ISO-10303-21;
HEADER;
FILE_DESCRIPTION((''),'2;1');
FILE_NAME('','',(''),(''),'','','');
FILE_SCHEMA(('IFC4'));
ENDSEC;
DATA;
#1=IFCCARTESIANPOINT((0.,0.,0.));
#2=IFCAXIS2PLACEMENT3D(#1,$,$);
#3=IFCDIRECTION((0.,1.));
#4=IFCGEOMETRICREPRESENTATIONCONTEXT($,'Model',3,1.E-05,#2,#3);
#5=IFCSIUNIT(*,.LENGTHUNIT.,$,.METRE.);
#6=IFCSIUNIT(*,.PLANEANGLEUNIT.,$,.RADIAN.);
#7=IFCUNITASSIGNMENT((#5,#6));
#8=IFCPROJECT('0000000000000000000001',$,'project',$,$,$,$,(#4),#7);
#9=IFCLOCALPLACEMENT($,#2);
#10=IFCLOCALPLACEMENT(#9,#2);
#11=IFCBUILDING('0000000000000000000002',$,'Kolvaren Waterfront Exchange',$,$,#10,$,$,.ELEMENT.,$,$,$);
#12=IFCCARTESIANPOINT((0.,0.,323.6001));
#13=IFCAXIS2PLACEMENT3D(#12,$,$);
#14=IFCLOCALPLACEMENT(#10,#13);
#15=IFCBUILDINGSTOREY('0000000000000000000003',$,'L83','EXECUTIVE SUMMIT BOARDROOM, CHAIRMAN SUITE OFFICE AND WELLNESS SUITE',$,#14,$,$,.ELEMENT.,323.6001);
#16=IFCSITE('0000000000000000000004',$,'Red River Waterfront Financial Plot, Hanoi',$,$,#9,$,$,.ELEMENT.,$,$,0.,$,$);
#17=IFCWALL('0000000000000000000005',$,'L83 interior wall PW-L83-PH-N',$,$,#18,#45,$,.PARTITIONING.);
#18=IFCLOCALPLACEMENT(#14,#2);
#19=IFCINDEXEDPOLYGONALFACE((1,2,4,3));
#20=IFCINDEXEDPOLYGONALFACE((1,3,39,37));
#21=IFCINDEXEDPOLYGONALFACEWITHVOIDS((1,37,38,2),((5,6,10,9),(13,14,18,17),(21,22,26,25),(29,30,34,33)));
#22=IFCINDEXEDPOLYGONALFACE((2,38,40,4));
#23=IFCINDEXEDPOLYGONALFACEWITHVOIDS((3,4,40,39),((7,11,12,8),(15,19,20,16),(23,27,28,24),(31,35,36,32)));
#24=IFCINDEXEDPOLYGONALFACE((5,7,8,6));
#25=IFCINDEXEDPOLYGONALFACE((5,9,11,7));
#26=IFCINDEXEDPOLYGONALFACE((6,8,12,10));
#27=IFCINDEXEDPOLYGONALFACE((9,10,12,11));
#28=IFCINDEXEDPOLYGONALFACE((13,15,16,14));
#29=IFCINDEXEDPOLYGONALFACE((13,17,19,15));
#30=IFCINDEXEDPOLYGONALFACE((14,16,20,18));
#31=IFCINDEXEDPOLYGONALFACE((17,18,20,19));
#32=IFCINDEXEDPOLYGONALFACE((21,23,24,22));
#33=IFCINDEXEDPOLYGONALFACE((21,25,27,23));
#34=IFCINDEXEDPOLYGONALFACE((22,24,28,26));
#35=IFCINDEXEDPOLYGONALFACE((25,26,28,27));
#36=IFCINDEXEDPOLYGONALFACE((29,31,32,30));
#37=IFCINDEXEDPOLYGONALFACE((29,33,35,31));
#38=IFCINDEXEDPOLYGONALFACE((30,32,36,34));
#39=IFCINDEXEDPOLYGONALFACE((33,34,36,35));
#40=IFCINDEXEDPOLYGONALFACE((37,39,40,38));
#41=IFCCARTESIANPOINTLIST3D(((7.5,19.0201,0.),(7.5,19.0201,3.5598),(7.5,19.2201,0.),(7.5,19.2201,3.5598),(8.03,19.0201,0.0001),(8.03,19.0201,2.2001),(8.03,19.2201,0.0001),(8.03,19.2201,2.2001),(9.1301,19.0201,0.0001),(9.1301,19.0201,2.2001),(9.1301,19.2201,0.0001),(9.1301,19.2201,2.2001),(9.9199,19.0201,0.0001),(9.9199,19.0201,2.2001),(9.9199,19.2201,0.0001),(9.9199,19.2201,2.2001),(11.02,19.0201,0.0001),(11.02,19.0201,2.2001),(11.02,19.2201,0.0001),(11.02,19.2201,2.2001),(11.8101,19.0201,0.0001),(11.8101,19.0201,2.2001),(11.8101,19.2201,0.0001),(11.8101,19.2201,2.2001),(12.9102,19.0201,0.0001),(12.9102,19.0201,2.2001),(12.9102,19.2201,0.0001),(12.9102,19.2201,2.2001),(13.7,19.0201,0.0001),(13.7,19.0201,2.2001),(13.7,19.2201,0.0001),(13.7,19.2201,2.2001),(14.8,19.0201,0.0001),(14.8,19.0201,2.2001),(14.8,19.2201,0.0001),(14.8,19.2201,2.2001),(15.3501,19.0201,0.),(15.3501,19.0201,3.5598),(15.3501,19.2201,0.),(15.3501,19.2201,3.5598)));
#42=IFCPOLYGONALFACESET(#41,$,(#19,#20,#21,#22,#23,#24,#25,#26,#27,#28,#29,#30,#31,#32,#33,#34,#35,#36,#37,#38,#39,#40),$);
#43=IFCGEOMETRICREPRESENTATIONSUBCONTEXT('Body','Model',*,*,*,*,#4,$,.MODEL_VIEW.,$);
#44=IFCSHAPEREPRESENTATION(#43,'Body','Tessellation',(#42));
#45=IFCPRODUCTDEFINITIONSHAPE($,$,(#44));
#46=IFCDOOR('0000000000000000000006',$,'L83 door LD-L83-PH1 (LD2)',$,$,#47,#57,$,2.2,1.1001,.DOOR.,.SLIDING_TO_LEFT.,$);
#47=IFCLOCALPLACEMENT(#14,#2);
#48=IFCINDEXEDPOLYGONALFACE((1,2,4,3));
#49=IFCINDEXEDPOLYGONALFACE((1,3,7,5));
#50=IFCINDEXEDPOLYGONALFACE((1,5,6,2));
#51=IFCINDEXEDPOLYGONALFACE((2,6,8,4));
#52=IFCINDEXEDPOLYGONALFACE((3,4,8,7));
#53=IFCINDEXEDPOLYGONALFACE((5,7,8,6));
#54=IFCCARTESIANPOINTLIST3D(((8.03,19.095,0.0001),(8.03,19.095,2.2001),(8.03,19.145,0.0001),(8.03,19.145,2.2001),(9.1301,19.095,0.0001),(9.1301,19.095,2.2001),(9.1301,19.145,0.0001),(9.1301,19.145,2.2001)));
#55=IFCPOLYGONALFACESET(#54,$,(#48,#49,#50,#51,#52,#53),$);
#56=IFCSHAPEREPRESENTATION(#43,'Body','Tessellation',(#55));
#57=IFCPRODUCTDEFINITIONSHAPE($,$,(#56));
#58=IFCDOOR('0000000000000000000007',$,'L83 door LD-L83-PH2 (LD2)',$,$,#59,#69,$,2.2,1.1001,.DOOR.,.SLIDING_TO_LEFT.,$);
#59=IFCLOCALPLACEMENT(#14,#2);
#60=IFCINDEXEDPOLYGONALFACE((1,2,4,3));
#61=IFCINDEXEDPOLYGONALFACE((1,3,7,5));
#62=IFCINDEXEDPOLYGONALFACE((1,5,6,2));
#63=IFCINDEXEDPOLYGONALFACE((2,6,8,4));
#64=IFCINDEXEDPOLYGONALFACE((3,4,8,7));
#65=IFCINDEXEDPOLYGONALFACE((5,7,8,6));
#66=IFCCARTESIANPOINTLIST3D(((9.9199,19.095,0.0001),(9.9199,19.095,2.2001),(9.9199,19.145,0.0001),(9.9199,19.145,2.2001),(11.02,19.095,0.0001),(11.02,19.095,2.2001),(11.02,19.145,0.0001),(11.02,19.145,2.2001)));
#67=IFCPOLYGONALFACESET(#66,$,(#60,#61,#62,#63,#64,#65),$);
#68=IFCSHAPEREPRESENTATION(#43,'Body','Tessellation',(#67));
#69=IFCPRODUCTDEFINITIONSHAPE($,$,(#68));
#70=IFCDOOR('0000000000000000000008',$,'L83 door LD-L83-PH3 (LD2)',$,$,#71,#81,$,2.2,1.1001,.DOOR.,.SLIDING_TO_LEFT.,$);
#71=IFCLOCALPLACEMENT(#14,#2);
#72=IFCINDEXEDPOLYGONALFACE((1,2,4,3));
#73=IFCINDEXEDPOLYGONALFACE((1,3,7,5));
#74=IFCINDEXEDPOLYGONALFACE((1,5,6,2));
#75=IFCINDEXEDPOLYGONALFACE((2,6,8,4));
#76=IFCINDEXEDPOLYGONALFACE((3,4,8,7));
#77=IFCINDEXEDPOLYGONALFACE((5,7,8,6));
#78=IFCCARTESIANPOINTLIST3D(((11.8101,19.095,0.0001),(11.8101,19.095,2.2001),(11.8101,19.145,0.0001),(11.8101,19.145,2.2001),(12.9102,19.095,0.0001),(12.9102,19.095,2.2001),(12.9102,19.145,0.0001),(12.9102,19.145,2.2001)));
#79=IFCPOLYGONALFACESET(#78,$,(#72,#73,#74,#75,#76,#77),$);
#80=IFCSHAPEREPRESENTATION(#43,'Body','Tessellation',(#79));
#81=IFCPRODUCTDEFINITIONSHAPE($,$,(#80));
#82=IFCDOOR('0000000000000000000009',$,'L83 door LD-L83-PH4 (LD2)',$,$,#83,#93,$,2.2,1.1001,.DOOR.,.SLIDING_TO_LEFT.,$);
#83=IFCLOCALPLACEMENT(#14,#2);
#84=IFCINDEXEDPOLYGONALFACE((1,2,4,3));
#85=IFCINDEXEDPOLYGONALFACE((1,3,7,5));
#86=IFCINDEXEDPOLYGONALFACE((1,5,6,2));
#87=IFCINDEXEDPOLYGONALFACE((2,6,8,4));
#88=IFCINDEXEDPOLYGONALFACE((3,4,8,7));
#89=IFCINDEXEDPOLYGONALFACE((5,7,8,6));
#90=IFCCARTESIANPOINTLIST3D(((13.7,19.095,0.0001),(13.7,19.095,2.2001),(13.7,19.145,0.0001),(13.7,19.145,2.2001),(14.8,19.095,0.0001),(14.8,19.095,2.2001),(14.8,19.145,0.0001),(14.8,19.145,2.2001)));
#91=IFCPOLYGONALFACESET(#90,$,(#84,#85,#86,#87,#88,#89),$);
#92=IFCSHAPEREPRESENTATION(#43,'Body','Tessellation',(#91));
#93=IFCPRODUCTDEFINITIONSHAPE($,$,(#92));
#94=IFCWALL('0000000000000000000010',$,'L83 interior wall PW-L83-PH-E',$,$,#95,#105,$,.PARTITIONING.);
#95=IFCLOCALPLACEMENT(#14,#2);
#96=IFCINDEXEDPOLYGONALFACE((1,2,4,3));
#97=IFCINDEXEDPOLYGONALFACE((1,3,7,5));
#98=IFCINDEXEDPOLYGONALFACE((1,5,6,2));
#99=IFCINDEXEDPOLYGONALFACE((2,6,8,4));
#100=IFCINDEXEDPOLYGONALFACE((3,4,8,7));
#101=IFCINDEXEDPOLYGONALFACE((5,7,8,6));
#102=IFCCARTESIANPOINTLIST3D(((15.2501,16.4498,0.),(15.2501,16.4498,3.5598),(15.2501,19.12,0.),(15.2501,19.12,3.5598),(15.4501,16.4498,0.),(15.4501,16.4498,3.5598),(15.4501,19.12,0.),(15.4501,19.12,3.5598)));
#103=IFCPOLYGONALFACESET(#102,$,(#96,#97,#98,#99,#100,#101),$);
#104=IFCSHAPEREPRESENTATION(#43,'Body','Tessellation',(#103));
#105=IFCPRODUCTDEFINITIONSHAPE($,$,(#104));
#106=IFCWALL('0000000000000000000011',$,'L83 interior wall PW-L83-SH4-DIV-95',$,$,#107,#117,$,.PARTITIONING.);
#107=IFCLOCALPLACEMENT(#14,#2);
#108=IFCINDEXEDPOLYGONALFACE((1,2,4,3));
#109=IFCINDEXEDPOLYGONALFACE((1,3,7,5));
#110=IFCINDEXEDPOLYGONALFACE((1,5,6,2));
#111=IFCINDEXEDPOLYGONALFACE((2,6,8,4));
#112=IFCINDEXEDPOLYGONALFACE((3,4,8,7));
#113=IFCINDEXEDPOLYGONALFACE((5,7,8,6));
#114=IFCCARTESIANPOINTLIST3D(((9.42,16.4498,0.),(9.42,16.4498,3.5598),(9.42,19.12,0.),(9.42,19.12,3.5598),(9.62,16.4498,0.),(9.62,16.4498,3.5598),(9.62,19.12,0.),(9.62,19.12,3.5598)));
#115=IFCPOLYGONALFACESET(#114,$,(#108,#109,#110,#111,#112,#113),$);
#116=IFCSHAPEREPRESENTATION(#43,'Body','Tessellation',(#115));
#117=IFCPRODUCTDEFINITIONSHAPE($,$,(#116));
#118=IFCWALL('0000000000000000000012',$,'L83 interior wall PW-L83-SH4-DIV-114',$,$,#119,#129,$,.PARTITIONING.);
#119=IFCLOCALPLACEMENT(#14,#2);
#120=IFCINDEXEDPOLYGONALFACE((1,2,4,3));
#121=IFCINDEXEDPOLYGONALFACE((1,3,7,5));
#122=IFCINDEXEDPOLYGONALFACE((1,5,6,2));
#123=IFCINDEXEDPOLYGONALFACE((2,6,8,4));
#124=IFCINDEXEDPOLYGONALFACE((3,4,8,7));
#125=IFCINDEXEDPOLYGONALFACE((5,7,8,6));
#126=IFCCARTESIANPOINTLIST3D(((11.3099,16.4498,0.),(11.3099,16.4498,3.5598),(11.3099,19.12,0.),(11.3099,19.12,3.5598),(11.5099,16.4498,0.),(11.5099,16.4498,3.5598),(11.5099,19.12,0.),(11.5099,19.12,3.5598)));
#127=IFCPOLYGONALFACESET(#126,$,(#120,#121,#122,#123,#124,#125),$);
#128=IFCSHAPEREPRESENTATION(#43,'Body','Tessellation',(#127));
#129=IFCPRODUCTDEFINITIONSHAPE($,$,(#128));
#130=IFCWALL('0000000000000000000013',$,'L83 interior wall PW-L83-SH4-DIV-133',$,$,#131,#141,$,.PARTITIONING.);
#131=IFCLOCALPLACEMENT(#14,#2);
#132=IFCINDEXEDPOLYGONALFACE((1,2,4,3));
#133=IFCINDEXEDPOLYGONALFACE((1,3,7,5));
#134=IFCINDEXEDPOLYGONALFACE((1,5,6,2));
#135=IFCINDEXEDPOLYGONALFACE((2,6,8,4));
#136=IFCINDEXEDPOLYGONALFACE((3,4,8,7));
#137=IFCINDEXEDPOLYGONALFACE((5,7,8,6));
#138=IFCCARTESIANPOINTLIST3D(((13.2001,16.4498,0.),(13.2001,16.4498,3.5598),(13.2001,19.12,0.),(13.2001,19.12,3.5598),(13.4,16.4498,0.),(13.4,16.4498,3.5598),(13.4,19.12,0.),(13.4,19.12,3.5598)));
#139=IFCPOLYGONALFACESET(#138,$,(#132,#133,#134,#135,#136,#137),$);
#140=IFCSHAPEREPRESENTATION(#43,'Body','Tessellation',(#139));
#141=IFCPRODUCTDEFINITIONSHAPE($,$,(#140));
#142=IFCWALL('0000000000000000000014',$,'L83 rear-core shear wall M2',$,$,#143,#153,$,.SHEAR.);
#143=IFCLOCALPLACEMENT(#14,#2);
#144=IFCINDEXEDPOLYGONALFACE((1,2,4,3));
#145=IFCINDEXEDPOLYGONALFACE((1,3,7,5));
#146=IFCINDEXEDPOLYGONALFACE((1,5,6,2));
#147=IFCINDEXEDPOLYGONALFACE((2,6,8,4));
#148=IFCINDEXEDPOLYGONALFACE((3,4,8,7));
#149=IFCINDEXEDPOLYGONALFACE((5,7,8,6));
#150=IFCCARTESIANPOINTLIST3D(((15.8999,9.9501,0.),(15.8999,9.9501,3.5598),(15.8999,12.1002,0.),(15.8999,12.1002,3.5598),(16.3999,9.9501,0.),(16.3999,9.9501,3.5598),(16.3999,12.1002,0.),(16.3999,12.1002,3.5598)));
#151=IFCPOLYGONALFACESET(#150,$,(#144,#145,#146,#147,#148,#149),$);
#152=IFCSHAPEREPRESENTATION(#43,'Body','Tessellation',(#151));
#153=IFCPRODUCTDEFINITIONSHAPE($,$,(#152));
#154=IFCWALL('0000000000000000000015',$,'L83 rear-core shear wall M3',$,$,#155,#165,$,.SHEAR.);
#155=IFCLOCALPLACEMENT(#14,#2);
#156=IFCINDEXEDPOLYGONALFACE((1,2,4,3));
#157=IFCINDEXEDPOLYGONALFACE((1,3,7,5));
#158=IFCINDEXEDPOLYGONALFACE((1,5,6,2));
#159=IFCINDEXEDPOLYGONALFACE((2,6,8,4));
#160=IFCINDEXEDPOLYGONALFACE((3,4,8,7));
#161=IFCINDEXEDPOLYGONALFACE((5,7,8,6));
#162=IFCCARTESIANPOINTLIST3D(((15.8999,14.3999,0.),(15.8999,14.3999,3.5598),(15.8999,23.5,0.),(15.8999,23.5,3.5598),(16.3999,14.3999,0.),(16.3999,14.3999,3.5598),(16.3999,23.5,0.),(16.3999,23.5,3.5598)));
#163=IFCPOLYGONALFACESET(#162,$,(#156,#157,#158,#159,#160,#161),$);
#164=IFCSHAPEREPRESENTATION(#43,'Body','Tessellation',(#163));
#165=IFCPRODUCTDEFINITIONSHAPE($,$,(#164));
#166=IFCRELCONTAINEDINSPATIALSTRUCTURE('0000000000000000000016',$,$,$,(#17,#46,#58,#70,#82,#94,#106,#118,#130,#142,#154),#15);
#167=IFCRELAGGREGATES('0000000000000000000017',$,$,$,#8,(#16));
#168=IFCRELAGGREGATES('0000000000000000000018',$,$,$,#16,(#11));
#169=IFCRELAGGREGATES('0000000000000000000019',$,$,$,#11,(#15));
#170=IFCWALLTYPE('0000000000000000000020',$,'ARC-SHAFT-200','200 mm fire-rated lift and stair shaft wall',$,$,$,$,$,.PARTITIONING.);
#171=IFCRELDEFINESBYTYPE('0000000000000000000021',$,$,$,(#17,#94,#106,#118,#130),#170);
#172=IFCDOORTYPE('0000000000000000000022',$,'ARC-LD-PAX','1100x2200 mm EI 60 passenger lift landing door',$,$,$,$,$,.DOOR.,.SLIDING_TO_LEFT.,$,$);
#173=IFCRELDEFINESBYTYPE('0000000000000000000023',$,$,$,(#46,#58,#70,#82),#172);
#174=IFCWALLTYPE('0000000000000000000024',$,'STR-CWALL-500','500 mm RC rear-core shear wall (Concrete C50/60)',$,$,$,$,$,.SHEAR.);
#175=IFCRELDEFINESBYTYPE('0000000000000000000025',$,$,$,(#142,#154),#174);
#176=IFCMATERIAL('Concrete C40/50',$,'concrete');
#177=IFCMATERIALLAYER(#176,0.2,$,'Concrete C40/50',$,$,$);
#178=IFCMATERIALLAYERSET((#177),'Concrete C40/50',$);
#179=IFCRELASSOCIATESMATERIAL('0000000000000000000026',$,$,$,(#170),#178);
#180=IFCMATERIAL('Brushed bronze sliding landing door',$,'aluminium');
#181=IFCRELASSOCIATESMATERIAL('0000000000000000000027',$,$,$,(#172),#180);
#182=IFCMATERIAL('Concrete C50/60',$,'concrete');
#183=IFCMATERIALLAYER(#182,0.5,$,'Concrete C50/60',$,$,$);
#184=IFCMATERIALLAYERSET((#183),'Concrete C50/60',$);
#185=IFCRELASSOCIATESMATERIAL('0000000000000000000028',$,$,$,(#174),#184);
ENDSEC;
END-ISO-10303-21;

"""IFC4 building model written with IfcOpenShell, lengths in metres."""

from ifc_helpers import new_model, si_unit, direction, frame, frame_2d, origin, place, context, subcontext, project, spatial, rectangle, extrude, material, layer, layer_set, type_object, element, fill, save


model = new_model("IFC4")

# Units and contexts
model_context = context("Model", 3, precision=1e-05, world=origin(), true_north=direction((0.0, 1.0)))
body_context = subcontext(model_context, "Body", "Model", "MODEL_VIEW")
ifc_project = project(units=[si_unit("LENGTHUNIT", "METRE"), si_unit("PLANEANGLEUNIT", "RADIAN")], contexts=[model_context])

# Site, building, storey
site_placement = place(None, origin())
site = spatial("IfcSite", under=ifc_project, at=site_placement, Name="Red River Waterfront Financial Plot, Hanoi", CompositionType="ELEMENT", RefElevation=0.0)
building_placement = place(site_placement, origin())
building = spatial("IfcBuilding", under=site, at=building_placement, Name="Kolvaren Waterfront Exchange", CompositionType="ELEMENT")
storey_placement = place(building_placement, frame((0.0, 0.0, 323.6001)))
storey = spatial("IfcBuildingStorey", under=building, at=storey_placement, Name="L83", Description="EXECUTIVE SUMMIT BOARDROOM, CHAIRMAN SUITE OFFICE AND WELLNESS SUITE", CompositionType="ELEMENT", Elevation=323.6001)

# Shared definitions
ifc_material_1 = material(Name="Concrete C40/50", Category="concrete")
ifc_layer_1 = layer(ifc_material_1, 0.2, Name="Concrete C40/50")
ifc_layer_set_1 = layer_set([ifc_layer_1], Name="Concrete C40/50")
wall_type_1 = type_object("IfcWallType", Name="ARC-SHAFT-200", Description="200 mm fire-rated lift and stair shaft wall", PredefinedType="PARTITIONING", material=ifc_layer_set_1)

# Wall, openings, doors
wall_1_placement = place(storey_placement, frame((7.5, 19.1201, 0.0), z_axis=(0.0, 0.0, 1.0), x_axis=(1.0, 0.0, 0.0)))
wall_1 = element("IfcWall", 1, at=wall_1_placement, inside=storey, type_object=wall_type_1, Name="L83 interior wall PW-L83-PH-N", PredefinedType="PARTITIONING", context=body_context, shape_type="SweptSolid", body=[
    extrude(rectangle(XDim=7.8501, YDim=0.2, at=frame_2d((3.925, 0.0))), origin(), (0.0, 0.0, 1.0), 3.5598),
])
opening_1_placement = place(wall_1_placement, frame((0.53, 0.0, 0.0)))
opening_1 = element("IfcOpeningElement", 2, at=opening_1_placement, cuts=wall_1, PredefinedType="OPENING", context=body_context, shape_type="SweptSolid", body=[
    extrude(rectangle(XDim=1.1001, YDim=2.2, at=frame_2d((0.55, 1.1001))), frame((0.0, 0.1099, 0.0), z_axis=(0.0, -1.0, 0.0), x_axis=(1.0, 0.0, 0.0)), (0.0, 0.0, 1.0), 0.22),
])
opening_2_placement = place(wall_1_placement, frame((2.4199, 0.0, 0.0)))
opening_2 = element("IfcOpeningElement", 3, at=opening_2_placement, cuts=wall_1, PredefinedType="OPENING", context=body_context, shape_type="SweptSolid", body=[
    extrude(rectangle(XDim=1.1001, YDim=2.2, at=frame_2d((0.55, 1.1001))), frame((0.0, 0.1099, 0.0), z_axis=(0.0, -1.0, 0.0), x_axis=(1.0, 0.0, 0.0)), (0.0, 0.0, 1.0), 0.22),
])
opening_3_placement = place(wall_1_placement, frame((4.3101, 0.0, 0.0)))
opening_3 = element("IfcOpeningElement", 4, at=opening_3_placement, cuts=wall_1, PredefinedType="OPENING", context=body_context, shape_type="SweptSolid", body=[
    extrude(rectangle(XDim=1.1001, YDim=2.2, at=frame_2d((0.55, 1.1001))), frame((0.0, 0.1099, 0.0), z_axis=(0.0, -1.0, 0.0), x_axis=(1.0, 0.0, 0.0)), (0.0, 0.0, 1.0), 0.22),
])
opening_4_placement = place(wall_1_placement, frame((6.2, 0.0, 0.0)))
opening_4 = element("IfcOpeningElement", 5, at=opening_4_placement, cuts=wall_1, PredefinedType="OPENING", context=body_context, shape_type="SweptSolid", body=[
    extrude(rectangle(XDim=1.1001, YDim=2.2, at=frame_2d((0.55, 1.1001))), frame((0.0, 0.1099, 0.0), z_axis=(0.0, -1.0, 0.0), x_axis=(1.0, 0.0, 0.0)), (0.0, 0.0, 1.0), 0.22),
])
ifc_material_2 = material(Name="Brushed bronze sliding landing door", Category="aluminium")
door_type_1 = type_object("IfcDoorType", Name="ARC-LD-PAX", Description="1100x2200 mm EI 60 passenger lift landing door", OperationType="SLIDING_TO_LEFT", PredefinedType="DOOR", material=ifc_material_2)
door_1_placement = place(opening_1_placement, origin())
door_1 = element("IfcDoor", 6, at=door_1_placement, inside=storey, type_object=door_type_1, Name="L83 door LD-L83-PH1 (LD2)", OperationType="SLIDING_TO_LEFT", OverallHeight=2.2, OverallWidth=1.1001, PredefinedType="DOOR", context=body_context, shape_type="SweptSolid", body=[
    extrude(rectangle(XDim=1.1001, YDim=2.2, at=frame_2d((0.55, 1.1001))), frame((0.0, 0.0249, 0.0), z_axis=(0.0, -1.0, 0.0), x_axis=(1.0, 0.0, 0.0)), (0.0, 0.0, 1.0), 0.05),
])
fill(opening_1, door_1)
door_2_placement = place(opening_2_placement, origin())
door_2 = element("IfcDoor", 7, at=door_2_placement, inside=storey, type_object=door_type_1, Name="L83 door LD-L83-PH2 (LD2)", OperationType="SLIDING_TO_LEFT", OverallHeight=2.2, OverallWidth=1.1001, PredefinedType="DOOR", context=body_context, shape_type="SweptSolid", body=[
    extrude(rectangle(XDim=1.1001, YDim=2.2, at=frame_2d((0.55, 1.1001))), frame((0.0, 0.0249, 0.0), z_axis=(0.0, -1.0, 0.0), x_axis=(1.0, 0.0, 0.0)), (0.0, 0.0, 1.0), 0.05),
])
fill(opening_2, door_2)
door_3_placement = place(opening_3_placement, origin())
door_3 = element("IfcDoor", 8, at=door_3_placement, inside=storey, type_object=door_type_1, Name="L83 door LD-L83-PH3 (LD2)", OperationType="SLIDING_TO_LEFT", OverallHeight=2.2, OverallWidth=1.1001, PredefinedType="DOOR", context=body_context, shape_type="SweptSolid", body=[
    extrude(rectangle(XDim=1.1001, YDim=2.2, at=frame_2d((0.55, 1.1001))), frame((0.0, 0.0249, 0.0), z_axis=(0.0, -1.0, 0.0), x_axis=(1.0, 0.0, 0.0)), (0.0, 0.0, 1.0), 0.05),
])
fill(opening_3, door_3)
door_4_placement = place(opening_4_placement, origin())
door_4 = element("IfcDoor", 9, at=door_4_placement, inside=storey, type_object=door_type_1, Name="L83 door LD-L83-PH4 (LD2)", OperationType="SLIDING_TO_LEFT", OverallHeight=2.2, OverallWidth=1.1001, PredefinedType="DOOR", context=body_context, shape_type="SweptSolid", body=[
    extrude(rectangle(XDim=1.1001, YDim=2.2, at=frame_2d((0.55, 1.1001))), frame((0.0, 0.0249, 0.0), z_axis=(0.0, -1.0, 0.0), x_axis=(1.0, 0.0, 0.0)), (0.0, 0.0, 1.0), 0.05),
])
fill(opening_4, door_4)

# Walls
for number, where, z_axis, x_axis, name in (
    (10, (15.3501, 16.45, 0.0), (0.0, 0.0, 1.0), (0.0, 1.0, 0.0), "L83 interior wall PW-L83-PH-E"),
    (11, (9.52, 16.45, 0.0), (0.0, 0.0, 1.0), (0.0, 1.0, 0.0), "L83 interior wall PW-L83-SH4-DIV-95"),
    (12, (11.4099, 16.45, 0.0), (0.0, 0.0, 1.0), (0.0, 1.0, 0.0), "L83 interior wall PW-L83-SH4-DIV-114"),
    (13, (13.3, 16.45, 0.0), (0.0, 0.0, 1.0), (0.0, 1.0, 0.0), "L83 interior wall PW-L83-SH4-DIV-133"),
):
    element("IfcWall", number, at=place(storey_placement, frame(where, z_axis=z_axis, x_axis=x_axis)), inside=storey, type_object=wall_type_1, Name=name, PredefinedType="PARTITIONING", context=body_context, shape_type="SweptSolid", body=[
        extrude(rectangle(XDim=2.6702, YDim=0.2, at=frame_2d((1.335, 0.0))), origin(), (0.0, 0.0, 1.0), 3.5598),
    ])
ifc_material_3 = material(Name="Concrete C50/60", Category="concrete")
ifc_layer_2 = layer(ifc_material_3, 0.5, Name="Concrete C50/60")
ifc_layer_set_2 = layer_set([ifc_layer_2], Name="Concrete C50/60")
wall_type_2 = type_object("IfcWallType", Name="STR-CWALL-500", Description="500 mm RC rear-core shear wall (Concrete C50/60)", PredefinedType="SHEAR", material=ifc_layer_set_2)
wall_2_placement = place(storey_placement, frame((16.1499, 9.95, 0.0), z_axis=(0.0, 0.0, 1.0), x_axis=(0.0, 1.0, 0.0)))
element("IfcWall", 14, at=wall_2_placement, inside=storey, type_object=wall_type_2, Name="L83 rear-core shear wall M2", PredefinedType="SHEAR", context=body_context, shape_type="SweptSolid", body=[
    extrude(rectangle(XDim=2.1501, YDim=0.5, at=frame_2d((1.0752, 0.0))), origin(), (0.0, 0.0, 1.0), 3.5598),
])
wall_3_placement = place(storey_placement, frame((16.1499, 14.3999, 0.0), z_axis=(0.0, 0.0, 1.0), x_axis=(0.0, 1.0, 0.0)))
element("IfcWall", 15, at=wall_3_placement, inside=storey, type_object=wall_type_2, Name="L83 rear-core shear wall M3", PredefinedType="SHEAR", context=body_context, shape_type="SweptSolid", body=[
    extrude(rectangle(XDim=9.1001, YDim=0.5, at=frame_2d((4.55, 0.0))), origin(), (0.0, 0.0, 1.0), 3.5598),
])

save(model, "model.ifc")
